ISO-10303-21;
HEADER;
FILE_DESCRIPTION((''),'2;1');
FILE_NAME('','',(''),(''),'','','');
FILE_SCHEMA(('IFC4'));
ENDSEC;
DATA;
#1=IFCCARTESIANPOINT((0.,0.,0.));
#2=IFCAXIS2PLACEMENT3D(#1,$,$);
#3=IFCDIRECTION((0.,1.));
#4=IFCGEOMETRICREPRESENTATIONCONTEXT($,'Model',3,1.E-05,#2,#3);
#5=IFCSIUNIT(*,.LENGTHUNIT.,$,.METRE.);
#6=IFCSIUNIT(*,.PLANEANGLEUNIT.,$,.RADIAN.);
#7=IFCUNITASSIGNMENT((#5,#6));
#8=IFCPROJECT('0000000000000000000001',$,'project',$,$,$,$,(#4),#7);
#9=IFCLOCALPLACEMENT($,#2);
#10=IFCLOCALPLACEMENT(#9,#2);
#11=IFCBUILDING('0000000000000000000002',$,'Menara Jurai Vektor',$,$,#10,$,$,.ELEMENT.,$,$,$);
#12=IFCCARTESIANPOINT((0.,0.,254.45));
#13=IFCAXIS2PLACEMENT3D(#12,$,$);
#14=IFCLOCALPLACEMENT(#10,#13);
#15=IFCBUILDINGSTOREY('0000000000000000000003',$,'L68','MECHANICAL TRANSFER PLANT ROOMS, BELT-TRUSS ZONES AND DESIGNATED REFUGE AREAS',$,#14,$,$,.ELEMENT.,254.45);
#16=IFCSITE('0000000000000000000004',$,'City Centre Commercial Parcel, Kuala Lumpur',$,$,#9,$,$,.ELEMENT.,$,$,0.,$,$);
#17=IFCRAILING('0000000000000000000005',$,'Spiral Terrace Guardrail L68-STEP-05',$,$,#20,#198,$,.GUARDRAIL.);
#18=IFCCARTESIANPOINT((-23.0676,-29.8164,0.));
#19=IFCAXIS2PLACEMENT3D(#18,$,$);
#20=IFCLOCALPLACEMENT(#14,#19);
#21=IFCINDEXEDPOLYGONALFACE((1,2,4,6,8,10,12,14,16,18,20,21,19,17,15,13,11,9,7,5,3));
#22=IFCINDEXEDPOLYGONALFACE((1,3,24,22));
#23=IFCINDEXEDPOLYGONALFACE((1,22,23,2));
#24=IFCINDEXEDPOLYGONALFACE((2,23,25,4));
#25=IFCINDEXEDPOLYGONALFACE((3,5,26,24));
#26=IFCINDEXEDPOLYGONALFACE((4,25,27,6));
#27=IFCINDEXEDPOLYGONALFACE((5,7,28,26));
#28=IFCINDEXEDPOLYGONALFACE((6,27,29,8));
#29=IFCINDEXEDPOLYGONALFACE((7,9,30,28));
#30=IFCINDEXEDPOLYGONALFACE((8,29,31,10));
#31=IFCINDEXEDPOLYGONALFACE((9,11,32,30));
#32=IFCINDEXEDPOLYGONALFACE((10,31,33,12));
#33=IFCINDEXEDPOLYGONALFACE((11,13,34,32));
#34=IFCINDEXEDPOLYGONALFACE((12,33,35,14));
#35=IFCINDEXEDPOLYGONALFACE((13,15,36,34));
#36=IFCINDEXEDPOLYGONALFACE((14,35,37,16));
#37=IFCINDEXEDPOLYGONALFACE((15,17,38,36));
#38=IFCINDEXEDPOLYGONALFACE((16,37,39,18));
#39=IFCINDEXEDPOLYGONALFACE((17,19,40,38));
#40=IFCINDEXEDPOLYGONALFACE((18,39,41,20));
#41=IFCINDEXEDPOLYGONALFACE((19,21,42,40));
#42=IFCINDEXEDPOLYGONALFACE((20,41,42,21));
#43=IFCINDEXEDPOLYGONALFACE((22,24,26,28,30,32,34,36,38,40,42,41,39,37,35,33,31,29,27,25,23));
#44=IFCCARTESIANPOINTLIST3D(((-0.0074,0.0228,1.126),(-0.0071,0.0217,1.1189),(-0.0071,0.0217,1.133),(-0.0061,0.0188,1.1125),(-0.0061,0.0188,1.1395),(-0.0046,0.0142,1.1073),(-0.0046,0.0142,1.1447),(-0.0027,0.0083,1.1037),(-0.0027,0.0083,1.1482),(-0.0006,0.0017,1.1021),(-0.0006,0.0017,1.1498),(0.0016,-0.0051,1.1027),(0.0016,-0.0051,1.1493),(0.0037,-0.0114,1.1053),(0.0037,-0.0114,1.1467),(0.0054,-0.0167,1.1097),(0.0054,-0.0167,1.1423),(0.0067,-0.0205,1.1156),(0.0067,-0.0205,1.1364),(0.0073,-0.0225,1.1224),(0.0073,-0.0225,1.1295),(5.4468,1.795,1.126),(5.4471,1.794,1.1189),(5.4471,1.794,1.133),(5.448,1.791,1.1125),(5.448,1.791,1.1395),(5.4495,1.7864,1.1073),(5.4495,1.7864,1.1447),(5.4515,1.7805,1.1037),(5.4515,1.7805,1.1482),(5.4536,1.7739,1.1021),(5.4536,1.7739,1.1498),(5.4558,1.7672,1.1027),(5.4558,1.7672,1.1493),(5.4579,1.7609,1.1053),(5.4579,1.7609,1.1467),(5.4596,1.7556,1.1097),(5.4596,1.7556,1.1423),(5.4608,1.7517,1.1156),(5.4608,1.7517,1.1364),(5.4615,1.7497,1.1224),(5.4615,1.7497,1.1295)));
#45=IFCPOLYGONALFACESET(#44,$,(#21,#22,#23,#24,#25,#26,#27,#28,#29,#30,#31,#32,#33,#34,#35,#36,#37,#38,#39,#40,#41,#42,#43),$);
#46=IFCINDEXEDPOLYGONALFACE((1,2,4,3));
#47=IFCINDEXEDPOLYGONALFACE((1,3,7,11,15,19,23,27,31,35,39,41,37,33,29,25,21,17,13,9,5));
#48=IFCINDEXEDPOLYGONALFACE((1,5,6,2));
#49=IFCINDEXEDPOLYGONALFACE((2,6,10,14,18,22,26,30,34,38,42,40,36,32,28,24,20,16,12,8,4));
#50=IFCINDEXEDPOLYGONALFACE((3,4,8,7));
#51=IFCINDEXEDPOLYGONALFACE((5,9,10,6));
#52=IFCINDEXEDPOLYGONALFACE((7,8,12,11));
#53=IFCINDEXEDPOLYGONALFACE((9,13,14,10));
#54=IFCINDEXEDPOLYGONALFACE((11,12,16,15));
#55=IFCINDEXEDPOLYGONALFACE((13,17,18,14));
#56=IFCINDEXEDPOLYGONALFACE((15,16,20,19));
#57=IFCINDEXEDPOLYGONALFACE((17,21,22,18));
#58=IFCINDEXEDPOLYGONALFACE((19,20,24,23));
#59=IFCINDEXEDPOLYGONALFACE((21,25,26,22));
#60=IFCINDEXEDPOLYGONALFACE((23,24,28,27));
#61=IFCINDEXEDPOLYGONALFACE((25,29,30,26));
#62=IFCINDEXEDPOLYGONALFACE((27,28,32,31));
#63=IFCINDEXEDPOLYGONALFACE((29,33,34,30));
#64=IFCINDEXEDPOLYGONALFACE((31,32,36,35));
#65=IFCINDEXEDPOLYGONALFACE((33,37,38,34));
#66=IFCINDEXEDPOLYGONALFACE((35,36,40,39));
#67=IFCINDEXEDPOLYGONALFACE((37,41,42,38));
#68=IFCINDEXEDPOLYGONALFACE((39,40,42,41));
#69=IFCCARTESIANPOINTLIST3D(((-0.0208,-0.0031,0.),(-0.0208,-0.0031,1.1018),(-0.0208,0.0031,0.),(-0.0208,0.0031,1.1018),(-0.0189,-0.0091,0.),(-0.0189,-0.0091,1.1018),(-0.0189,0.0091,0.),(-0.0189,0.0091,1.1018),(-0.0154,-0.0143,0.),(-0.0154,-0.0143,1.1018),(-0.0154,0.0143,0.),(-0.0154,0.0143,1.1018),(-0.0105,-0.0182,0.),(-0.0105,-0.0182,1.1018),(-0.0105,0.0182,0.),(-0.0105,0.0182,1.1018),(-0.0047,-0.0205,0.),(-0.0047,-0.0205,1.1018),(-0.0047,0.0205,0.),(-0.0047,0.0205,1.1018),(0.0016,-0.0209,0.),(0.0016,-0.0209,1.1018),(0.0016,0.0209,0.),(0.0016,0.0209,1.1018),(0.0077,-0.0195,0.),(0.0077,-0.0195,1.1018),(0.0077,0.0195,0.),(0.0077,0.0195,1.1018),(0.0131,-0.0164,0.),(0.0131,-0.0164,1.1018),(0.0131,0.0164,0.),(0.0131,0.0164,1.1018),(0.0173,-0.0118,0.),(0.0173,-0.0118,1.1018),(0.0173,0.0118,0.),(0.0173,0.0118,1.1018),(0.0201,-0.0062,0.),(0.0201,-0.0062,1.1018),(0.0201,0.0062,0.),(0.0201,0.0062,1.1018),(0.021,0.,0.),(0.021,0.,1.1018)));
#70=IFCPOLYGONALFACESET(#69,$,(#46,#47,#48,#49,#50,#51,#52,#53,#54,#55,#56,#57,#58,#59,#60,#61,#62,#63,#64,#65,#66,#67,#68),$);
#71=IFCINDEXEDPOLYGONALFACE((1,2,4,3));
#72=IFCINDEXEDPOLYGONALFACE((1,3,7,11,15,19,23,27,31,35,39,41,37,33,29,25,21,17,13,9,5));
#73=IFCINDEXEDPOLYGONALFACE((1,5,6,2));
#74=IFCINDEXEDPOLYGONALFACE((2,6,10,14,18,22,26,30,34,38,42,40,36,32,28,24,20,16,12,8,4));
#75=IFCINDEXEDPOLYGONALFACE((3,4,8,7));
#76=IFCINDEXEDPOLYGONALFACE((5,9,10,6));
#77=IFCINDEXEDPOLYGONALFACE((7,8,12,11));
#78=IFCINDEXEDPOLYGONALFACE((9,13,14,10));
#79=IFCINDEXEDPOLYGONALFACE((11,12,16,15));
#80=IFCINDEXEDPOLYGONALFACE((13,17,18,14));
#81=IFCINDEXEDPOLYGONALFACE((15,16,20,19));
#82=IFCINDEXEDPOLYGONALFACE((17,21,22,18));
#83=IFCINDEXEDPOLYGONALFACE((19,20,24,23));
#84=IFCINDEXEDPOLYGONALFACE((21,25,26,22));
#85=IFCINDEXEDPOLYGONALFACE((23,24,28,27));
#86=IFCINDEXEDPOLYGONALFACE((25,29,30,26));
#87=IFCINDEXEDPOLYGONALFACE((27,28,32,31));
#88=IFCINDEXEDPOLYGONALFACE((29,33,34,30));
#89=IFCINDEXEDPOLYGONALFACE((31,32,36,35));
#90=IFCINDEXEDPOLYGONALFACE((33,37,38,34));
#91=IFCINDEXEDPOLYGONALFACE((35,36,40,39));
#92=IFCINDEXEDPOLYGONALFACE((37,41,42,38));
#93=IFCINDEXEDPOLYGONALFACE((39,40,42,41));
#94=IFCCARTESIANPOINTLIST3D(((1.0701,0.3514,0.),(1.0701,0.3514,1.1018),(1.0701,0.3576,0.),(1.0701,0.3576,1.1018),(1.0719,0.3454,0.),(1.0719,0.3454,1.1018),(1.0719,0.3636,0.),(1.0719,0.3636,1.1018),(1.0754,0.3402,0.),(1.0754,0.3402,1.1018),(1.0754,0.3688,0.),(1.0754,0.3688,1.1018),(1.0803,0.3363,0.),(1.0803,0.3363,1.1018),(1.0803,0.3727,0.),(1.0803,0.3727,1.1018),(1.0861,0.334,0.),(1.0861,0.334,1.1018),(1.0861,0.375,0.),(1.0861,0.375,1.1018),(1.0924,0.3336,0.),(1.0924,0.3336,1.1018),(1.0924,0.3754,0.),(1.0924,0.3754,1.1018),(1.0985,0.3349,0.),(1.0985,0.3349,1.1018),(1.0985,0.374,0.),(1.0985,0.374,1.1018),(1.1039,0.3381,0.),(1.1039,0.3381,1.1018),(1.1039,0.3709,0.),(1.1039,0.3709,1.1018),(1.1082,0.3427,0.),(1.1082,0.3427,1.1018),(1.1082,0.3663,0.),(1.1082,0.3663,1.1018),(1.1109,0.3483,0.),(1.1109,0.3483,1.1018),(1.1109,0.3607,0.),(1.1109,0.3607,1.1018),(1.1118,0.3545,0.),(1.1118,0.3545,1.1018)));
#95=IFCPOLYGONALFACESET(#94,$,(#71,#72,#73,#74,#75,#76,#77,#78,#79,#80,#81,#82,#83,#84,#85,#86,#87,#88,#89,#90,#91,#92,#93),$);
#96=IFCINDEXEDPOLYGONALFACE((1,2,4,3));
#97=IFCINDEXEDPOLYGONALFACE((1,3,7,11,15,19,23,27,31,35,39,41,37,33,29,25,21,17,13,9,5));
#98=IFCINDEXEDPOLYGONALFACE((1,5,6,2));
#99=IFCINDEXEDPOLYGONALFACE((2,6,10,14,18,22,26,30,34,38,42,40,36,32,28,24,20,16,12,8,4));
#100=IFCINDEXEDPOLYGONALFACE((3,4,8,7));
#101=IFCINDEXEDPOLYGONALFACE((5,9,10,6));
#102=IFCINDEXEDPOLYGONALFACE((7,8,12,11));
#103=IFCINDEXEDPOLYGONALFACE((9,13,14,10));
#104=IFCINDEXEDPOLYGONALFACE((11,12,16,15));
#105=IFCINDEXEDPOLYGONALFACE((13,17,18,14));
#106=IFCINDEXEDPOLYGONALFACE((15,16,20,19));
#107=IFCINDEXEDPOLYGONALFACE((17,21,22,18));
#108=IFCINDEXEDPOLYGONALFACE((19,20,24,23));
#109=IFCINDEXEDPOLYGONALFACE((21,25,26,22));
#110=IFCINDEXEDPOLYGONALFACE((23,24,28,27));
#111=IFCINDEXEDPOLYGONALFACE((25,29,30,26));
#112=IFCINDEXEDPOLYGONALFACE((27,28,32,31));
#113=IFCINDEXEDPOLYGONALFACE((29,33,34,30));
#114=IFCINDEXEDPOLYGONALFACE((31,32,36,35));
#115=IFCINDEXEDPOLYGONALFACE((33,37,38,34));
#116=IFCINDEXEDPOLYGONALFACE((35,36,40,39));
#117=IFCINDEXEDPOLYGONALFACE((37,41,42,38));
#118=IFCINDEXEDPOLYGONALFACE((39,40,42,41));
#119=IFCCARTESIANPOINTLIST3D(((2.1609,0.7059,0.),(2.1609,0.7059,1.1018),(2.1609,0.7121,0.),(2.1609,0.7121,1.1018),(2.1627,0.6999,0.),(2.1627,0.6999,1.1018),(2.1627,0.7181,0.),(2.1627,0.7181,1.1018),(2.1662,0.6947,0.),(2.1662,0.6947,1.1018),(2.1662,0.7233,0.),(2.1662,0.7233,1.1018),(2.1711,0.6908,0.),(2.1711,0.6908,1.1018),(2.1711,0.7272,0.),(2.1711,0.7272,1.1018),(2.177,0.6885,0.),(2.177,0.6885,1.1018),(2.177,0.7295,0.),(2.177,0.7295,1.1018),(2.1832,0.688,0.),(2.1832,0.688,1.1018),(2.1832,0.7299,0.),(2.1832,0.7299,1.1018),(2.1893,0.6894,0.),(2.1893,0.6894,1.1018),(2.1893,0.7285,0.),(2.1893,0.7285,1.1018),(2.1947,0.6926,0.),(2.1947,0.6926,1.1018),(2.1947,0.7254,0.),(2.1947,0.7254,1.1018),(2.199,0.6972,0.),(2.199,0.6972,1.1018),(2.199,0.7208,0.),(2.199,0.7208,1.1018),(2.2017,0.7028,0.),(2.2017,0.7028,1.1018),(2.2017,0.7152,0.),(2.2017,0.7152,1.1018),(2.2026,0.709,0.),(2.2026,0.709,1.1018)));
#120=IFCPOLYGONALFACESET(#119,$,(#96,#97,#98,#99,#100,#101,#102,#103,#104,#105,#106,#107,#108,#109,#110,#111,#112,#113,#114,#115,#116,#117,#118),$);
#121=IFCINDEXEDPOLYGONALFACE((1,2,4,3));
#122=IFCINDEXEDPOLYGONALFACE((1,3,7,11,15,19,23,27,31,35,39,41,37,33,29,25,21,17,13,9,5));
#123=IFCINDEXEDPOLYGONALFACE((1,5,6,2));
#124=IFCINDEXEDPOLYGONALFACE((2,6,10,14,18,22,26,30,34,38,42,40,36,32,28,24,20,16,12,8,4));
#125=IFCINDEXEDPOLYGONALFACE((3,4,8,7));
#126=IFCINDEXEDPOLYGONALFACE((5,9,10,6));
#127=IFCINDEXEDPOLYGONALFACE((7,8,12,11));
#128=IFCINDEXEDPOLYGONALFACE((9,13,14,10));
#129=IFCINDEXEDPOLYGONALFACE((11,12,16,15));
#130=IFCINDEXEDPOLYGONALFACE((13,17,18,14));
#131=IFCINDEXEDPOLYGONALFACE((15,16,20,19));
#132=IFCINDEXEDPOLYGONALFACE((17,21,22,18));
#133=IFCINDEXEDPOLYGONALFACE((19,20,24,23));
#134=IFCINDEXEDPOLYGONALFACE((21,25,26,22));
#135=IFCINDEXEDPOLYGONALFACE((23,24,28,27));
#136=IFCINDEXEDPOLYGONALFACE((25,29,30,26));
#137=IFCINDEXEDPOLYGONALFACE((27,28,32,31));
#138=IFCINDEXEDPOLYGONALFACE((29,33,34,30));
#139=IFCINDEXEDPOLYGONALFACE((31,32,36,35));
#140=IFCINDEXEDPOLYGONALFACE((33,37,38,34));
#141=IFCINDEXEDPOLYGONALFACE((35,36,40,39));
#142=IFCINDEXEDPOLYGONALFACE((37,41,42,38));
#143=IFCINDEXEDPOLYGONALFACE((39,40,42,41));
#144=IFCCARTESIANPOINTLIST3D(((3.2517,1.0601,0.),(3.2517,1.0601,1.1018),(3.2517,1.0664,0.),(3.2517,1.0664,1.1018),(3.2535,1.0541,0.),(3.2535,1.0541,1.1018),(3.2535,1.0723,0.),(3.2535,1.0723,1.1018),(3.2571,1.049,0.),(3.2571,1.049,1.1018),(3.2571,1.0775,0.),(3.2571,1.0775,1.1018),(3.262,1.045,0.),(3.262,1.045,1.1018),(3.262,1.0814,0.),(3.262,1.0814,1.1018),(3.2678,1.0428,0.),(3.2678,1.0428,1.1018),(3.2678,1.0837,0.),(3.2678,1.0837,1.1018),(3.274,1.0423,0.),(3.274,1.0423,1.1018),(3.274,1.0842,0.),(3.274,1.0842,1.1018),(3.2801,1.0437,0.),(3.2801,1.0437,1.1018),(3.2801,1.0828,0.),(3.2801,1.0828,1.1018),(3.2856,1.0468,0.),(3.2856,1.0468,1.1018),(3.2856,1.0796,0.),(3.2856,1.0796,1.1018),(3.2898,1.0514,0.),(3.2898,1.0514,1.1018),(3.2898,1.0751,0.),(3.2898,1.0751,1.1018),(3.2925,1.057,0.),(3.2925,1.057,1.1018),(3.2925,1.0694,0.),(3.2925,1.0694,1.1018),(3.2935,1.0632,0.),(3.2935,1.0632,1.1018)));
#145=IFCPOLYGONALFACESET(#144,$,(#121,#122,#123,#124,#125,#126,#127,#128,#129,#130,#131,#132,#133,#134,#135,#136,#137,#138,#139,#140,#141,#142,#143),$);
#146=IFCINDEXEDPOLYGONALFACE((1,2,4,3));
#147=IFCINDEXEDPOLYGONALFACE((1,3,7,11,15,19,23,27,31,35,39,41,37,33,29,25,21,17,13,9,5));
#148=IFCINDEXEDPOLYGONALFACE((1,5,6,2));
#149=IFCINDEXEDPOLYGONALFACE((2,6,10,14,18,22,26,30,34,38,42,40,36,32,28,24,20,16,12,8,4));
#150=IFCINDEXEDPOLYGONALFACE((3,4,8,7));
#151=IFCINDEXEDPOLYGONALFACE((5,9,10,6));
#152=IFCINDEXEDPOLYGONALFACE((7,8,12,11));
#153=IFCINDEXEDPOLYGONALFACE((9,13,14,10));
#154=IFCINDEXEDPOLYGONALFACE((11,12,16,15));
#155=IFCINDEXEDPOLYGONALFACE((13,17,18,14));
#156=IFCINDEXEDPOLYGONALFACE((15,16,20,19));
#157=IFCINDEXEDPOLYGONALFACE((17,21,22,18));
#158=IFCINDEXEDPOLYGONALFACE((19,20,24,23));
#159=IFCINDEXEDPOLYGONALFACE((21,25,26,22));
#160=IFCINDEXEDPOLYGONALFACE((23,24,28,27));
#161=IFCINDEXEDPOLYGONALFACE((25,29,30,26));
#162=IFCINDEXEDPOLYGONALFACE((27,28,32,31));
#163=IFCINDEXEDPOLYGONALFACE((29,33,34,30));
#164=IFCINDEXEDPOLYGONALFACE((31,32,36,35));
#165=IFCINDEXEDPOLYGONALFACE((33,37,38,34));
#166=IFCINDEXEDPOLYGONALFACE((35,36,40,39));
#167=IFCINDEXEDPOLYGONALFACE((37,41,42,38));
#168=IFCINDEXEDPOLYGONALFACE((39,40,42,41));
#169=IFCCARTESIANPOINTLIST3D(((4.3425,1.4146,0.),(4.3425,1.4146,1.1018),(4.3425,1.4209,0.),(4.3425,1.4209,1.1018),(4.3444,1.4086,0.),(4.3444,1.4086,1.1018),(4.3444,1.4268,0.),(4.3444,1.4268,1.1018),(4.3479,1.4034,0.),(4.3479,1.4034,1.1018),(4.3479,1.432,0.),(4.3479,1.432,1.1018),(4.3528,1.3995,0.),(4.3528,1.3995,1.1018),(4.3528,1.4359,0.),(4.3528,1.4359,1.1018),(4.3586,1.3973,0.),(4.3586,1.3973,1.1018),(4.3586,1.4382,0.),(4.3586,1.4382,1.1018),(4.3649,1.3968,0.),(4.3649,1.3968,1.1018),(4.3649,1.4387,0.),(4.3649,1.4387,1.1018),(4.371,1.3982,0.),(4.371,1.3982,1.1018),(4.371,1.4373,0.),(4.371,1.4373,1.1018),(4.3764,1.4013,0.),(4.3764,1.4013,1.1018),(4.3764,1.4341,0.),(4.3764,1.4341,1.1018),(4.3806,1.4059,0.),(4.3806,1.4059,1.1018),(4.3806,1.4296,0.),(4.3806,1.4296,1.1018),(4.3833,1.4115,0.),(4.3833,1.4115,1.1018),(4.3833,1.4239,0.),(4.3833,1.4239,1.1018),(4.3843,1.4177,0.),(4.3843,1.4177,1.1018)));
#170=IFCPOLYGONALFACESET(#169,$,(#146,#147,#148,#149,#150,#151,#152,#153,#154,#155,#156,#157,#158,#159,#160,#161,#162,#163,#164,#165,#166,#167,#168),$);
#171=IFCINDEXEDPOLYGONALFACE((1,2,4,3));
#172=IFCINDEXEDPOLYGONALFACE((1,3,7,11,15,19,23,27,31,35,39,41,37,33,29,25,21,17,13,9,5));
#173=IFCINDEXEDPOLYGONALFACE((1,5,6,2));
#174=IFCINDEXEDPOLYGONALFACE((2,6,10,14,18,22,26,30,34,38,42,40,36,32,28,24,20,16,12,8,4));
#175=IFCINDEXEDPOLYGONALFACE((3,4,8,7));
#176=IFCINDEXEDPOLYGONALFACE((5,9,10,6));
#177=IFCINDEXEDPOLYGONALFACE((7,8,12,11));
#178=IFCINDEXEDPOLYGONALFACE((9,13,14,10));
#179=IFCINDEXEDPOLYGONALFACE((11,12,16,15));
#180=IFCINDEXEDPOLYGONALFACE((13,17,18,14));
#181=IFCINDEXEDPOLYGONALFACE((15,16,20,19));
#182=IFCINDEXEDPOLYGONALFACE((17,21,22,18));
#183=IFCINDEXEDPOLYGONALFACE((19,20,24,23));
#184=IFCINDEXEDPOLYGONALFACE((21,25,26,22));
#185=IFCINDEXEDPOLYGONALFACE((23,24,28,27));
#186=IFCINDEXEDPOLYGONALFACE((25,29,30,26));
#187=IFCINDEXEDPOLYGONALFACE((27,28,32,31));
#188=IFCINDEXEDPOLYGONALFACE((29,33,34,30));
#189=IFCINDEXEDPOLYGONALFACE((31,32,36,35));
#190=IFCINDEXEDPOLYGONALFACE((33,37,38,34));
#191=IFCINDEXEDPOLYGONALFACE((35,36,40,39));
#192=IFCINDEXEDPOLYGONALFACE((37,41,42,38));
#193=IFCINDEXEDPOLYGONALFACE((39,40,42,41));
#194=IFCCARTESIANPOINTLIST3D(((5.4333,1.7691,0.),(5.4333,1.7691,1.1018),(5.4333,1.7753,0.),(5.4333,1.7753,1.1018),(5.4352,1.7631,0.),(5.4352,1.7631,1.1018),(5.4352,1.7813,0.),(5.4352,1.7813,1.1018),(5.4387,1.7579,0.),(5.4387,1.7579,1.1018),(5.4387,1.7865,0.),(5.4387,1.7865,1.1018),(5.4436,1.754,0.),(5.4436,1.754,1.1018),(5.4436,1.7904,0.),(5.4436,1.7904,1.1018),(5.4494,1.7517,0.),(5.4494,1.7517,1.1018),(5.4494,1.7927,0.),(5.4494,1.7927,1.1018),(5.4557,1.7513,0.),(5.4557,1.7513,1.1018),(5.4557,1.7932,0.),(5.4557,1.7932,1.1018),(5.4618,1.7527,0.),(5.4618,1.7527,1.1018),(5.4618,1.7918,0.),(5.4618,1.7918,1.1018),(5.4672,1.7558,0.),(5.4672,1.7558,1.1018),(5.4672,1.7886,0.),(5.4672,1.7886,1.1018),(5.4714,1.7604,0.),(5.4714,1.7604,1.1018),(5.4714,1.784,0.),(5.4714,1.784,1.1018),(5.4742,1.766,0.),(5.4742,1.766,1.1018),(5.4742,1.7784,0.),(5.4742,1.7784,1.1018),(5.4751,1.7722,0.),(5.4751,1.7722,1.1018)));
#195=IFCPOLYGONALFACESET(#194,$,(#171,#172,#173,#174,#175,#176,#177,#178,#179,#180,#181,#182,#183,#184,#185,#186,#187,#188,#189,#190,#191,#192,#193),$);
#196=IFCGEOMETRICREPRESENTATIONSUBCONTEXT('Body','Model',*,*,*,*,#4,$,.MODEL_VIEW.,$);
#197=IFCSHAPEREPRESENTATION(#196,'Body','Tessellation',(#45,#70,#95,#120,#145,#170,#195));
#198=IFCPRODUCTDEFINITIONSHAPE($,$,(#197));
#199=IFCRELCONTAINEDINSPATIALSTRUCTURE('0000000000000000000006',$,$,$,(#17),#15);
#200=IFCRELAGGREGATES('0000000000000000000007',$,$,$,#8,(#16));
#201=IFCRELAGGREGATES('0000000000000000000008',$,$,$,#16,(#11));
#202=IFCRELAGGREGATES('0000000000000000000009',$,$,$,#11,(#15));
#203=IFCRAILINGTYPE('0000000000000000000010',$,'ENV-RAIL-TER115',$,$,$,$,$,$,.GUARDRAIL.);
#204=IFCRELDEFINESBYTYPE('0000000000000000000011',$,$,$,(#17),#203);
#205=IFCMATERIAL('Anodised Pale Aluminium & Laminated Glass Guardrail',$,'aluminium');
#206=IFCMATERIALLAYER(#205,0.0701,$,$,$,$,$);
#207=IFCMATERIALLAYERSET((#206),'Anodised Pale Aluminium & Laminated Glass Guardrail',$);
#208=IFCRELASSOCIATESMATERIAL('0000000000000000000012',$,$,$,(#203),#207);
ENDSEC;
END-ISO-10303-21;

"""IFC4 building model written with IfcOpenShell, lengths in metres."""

from ifc_helpers import new_model, si_unit, direction, frame, origin, origin_2d, place, context, subcontext, project, spatial, circle, extrude, material, layer, layer_set, type_object, element, save


model = new_model("IFC4")

# Units and contexts
model_context = context("Model", 3, precision=1e-05, world=origin(), true_north=direction((0.0, 1.0)))
body_context = subcontext(model_context, "Body", "Model", "MODEL_VIEW")
ifc_project = project(units=[si_unit("LENGTHUNIT", "METRE"), si_unit("PLANEANGLEUNIT", "RADIAN")], contexts=[model_context])

# Site, building, storey
site_placement = place(None, origin())
site = spatial("IfcSite", under=ifc_project, at=site_placement, Name="City Centre Commercial Parcel, Kuala Lumpur", CompositionType="ELEMENT", RefElevation=0.0)
building_placement = place(site_placement, origin())
building = spatial("IfcBuilding", under=site, at=building_placement, Name="Menara Jurai Vektor", CompositionType="ELEMENT")
storey_placement = place(building_placement, frame((0.0, 0.0, 254.45)))
storey = spatial("IfcBuildingStorey", under=building, at=storey_placement, Name="L68", Description="MECHANICAL TRANSFER PLANT ROOMS, BELT-TRUSS ZONES AND DESIGNATED REFUGE AREAS", CompositionType="ELEMENT", Elevation=254.45)

# Railing
ifc_material_1 = material(Name="Anodised Pale Aluminium & Laminated Glass Guardrail", Category="aluminium")
ifc_layer_1 = layer(ifc_material_1, 0.0701)
ifc_layer_set_1 = layer_set([ifc_layer_1], Name="Anodised Pale Aluminium & Laminated Glass Guardrail")
railing_type = type_object("IfcRailingType", Name="ENV-RAIL-TER115", PredefinedType="GUARDRAIL", material=ifc_layer_set_1)
railing_1_placement = place(storey_placement, frame((-23.0676, -29.8164, 0.0)))
element("IfcRailing", 1, at=railing_1_placement, inside=storey, type_object=railing_type, Name="Spiral Terrace Guardrail L68-STEP-05", PredefinedType="GUARDRAIL", context=body_context, shape_type="SweptSolid", body=[
    extrude(circle(Radius=0.0239, at=origin_2d()), frame((0.0, 0.0, 1.126), z_axis=(0.951053, 0.309028, 0.0), x_axis=(-0.309028, 0.951053, 0.0)), (0.0, 0.0, 1.0), 5.7349),
    extrude(circle(Radius=0.021, at=origin_2d()), origin(), (0.0, 0.0, 1.0), 1.1018),
    extrude(circle(Radius=0.021, at=origin_2d()), frame((1.0908, 0.3545, 0.0)), (0.0, 0.0, 1.0), 1.1018),
    extrude(circle(Radius=0.021, at=origin_2d()), frame((2.1816, 0.709, 0.0)), (0.0, 0.0, 1.0), 1.1018),
    extrude(circle(Radius=0.021, at=origin_2d()), frame((3.2725, 1.0632, 0.0)), (0.0, 0.0, 1.0), 1.1018),
    extrude(circle(Radius=0.021, at=origin_2d()), frame((4.3633, 1.4177, 0.0)), (0.0, 0.0, 1.0), 1.1018),
    extrude(circle(Radius=0.021, at=origin_2d()), frame((5.4541, 1.7722, 0.0)), (0.0, 0.0, 1.0), 1.1018),
])

save(model, "model.ifc")
